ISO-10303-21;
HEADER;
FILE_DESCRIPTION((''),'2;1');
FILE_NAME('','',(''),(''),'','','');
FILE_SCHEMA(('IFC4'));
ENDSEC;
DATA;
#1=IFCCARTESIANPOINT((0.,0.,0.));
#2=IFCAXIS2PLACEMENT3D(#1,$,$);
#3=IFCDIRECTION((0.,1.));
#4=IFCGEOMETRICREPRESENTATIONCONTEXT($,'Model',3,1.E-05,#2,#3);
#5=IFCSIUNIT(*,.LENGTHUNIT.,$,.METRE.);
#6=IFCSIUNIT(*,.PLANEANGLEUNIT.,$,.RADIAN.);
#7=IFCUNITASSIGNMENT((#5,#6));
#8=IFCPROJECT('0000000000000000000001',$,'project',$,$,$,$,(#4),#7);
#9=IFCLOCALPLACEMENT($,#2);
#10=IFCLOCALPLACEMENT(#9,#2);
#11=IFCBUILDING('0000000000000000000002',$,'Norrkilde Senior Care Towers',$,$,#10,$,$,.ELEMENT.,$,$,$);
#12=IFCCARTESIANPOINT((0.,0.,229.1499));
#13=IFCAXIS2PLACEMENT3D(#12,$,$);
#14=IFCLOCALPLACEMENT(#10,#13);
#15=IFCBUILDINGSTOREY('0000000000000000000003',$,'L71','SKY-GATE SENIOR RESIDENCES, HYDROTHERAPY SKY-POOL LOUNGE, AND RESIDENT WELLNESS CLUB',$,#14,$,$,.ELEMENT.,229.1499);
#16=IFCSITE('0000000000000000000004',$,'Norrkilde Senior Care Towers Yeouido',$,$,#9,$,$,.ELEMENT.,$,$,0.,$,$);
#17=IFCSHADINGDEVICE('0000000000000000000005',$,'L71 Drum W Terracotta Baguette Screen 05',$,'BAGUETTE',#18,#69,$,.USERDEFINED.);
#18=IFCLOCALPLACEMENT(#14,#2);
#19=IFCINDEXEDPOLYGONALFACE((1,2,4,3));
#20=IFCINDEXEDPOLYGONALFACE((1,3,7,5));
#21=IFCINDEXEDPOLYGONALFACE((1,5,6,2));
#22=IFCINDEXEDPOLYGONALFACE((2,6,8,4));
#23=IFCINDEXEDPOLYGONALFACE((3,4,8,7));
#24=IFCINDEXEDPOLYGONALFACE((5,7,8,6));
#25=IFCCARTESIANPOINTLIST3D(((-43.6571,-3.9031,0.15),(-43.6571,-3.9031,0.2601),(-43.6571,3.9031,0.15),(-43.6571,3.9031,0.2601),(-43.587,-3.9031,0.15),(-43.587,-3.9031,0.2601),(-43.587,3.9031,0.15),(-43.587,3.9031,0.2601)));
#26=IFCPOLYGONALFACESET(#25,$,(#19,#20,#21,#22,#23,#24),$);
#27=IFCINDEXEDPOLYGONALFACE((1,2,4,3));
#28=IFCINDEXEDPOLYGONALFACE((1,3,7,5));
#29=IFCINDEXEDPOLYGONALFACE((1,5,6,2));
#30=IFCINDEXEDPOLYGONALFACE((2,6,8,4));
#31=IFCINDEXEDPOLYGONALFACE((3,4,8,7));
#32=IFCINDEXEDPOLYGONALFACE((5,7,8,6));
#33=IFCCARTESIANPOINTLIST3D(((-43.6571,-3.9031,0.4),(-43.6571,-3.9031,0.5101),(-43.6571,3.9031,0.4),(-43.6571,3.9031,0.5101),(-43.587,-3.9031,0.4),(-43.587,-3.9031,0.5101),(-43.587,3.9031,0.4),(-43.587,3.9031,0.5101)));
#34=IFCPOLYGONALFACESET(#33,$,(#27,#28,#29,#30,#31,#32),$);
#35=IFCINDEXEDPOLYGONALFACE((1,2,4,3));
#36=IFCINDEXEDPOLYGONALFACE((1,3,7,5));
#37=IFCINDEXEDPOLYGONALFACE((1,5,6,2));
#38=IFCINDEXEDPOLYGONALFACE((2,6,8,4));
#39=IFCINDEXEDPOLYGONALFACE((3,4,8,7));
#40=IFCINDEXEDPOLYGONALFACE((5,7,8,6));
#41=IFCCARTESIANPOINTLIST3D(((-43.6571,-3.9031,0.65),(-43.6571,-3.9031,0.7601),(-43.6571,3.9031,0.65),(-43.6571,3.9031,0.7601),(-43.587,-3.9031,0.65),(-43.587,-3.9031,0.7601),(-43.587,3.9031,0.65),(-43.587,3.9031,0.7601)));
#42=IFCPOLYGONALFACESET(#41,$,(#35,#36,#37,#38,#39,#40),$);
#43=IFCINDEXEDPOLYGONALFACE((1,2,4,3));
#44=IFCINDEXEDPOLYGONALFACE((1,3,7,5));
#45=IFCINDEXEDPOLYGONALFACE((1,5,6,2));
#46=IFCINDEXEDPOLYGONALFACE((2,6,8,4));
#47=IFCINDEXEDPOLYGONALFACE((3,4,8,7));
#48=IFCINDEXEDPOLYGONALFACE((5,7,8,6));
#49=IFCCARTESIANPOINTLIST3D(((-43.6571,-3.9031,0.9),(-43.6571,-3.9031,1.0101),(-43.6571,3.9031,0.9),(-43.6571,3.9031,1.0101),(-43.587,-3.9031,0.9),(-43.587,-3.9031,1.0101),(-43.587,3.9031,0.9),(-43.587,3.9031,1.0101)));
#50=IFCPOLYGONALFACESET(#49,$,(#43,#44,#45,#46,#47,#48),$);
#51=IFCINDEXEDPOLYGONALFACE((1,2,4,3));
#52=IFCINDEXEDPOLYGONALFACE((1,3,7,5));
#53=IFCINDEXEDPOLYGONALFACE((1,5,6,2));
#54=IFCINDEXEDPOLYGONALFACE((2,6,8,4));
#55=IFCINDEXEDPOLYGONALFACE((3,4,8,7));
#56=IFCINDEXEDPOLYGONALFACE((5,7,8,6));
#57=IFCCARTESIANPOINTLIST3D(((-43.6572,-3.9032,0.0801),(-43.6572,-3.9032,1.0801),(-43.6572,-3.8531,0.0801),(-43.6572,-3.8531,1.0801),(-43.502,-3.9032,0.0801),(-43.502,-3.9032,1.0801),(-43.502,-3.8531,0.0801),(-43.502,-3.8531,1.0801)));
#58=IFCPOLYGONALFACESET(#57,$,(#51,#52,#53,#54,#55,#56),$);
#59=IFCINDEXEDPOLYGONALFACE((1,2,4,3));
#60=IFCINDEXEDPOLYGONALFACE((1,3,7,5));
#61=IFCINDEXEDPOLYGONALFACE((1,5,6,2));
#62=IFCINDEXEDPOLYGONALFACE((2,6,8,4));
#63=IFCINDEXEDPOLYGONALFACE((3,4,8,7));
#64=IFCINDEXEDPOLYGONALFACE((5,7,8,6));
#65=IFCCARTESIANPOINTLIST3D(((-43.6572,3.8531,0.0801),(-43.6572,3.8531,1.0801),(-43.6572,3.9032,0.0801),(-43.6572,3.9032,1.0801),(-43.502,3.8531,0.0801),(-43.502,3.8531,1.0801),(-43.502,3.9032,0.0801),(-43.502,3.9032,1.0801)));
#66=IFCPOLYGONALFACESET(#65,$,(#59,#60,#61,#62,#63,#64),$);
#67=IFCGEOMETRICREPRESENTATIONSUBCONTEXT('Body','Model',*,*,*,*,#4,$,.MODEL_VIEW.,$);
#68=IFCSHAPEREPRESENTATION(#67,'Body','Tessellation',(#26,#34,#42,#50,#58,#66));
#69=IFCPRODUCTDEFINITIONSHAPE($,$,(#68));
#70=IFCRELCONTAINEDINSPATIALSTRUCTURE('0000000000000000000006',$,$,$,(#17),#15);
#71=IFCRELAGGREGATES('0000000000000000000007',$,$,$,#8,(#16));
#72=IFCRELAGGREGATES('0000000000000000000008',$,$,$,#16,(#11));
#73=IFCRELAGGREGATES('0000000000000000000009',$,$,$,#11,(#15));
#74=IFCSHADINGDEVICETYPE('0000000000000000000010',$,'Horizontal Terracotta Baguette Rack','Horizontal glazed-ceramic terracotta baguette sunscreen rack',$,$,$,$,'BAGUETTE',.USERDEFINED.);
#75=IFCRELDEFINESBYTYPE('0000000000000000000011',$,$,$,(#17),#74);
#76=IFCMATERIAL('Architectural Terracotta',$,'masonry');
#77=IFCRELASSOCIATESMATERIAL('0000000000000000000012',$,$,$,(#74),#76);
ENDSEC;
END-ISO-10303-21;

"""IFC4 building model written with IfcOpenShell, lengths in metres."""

from ifc_helpers import new_model, si_unit, direction, frame, origin, origin_2d, place, context, subcontext, project, spatial, rectangle, extrude, source, transform, mapped, material, type_object, type_shapes, element, save


model = new_model("IFC4")

# Units and contexts
model_context = context("Model", 3, precision=1e-05, world=origin(), true_north=direction((0.0, 1.0)))
body_context = subcontext(model_context, "Body", "Model", "MODEL_VIEW")
ifc_project = project(units=[si_unit("LENGTHUNIT", "METRE"), si_unit("PLANEANGLEUNIT", "RADIAN")], contexts=[model_context])

# Site, building, storey
site_placement = place(None, origin())
site = spatial("IfcSite", under=ifc_project, at=site_placement, Name="Norrkilde Senior Care Towers Yeouido", CompositionType="ELEMENT", RefElevation=0.0)
building_placement = place(site_placement, origin())
building = spatial("IfcBuilding", under=site, at=building_placement, Name="Norrkilde Senior Care Towers", CompositionType="ELEMENT")
storey_placement = place(building_placement, frame((0.0, 0.0, 229.1499)))
storey = spatial("IfcBuildingStorey", under=building, at=storey_placement, Name="L71", Description="SKY-GATE SENIOR RESIDENCES, HYDROTHERAPY SKY-POOL LOUNGE, AND RESIDENT WELLNESS CLUB", CompositionType="ELEMENT", Elevation=229.1499)

# Shading device
ifc_material_1 = material(Name="Architectural Terracotta", Category="masonry")
shading_device_type = type_object("IfcShadingDeviceType", Name="Horizontal Terracotta Baguette Rack", Description="Horizontal glazed-ceramic terracotta baguette sunscreen rack", ElementType="BAGUETTE", PredefinedType="USERDEFINED", material=ifc_material_1)
shared_shape_1 = source(origin(), body_context, "Body", "SweptSolid", [
    extrude(rectangle(XDim=0.0701, YDim=0.1101, at=origin_2d()), frame((0.0, 0.0901, 0.125), z_axis=(1.0, 0.0, 0.0), x_axis=(0.0, 1.0, 0.0)), (0.0, 0.0, 1.0), 7.8062),
    extrude(rectangle(XDim=0.0701, YDim=0.1101, at=origin_2d()), frame((0.0, 0.0901, 0.375), z_axis=(1.0, 0.0, 0.0), x_axis=(0.0, 1.0, 0.0)), (0.0, 0.0, 1.0), 7.8062),
    extrude(rectangle(XDim=0.0701, YDim=0.1101, at=origin_2d()), frame((0.0, 0.0901, 0.625), z_axis=(1.0, 0.0, 0.0), x_axis=(0.0, 1.0, 0.0)), (0.0, 0.0, 1.0), 7.8062),
    extrude(rectangle(XDim=0.0701, YDim=0.1101, at=origin_2d()), frame((0.0, 0.0901, 0.875), z_axis=(1.0, 0.0, 0.0), x_axis=(0.0, 1.0, 0.0)), (0.0, 0.0, 1.0), 7.8062),
    extrude(rectangle(XDim=0.05, YDim=0.1553, at=origin_2d()), frame((0.0249, 0.0476, 0.0)), (0.0, 0.0, 1.0), 1.0),
    extrude(rectangle(XDim=0.05, YDim=0.1553, at=origin_2d()), frame((7.7812, 0.0476, 0.0)), (0.0, 0.0, 1.0), 1.0),
])
type_shapes(shading_device_type, [shared_shape_1])
shading_device_placement = place(storey_placement, frame((-43.532, -3.9031, 0.0801), z_axis=(0.0, 0.0, 1.0), x_axis=(0.0, 1.0, 0.0)))
element("IfcShadingDevice", 1, at=shading_device_placement, inside=storey, type_object=shading_device_type, Name="L71 Drum W Terracotta Baguette Screen 05", ObjectType="BAGUETTE", PredefinedType="USERDEFINED", context=body_context, shape_type="MappedRepresentation", body=[
    mapped(shared_shape_1, transform((0.0, 0.0, 0.0), x_axis=(1.0, 0.0, 0.0), y_axis=(0.0, 1.0, 0.0), z_axis=(0.0, 0.0, 1.0), scale=1.0)),
])

save(model, "model.ifc")
